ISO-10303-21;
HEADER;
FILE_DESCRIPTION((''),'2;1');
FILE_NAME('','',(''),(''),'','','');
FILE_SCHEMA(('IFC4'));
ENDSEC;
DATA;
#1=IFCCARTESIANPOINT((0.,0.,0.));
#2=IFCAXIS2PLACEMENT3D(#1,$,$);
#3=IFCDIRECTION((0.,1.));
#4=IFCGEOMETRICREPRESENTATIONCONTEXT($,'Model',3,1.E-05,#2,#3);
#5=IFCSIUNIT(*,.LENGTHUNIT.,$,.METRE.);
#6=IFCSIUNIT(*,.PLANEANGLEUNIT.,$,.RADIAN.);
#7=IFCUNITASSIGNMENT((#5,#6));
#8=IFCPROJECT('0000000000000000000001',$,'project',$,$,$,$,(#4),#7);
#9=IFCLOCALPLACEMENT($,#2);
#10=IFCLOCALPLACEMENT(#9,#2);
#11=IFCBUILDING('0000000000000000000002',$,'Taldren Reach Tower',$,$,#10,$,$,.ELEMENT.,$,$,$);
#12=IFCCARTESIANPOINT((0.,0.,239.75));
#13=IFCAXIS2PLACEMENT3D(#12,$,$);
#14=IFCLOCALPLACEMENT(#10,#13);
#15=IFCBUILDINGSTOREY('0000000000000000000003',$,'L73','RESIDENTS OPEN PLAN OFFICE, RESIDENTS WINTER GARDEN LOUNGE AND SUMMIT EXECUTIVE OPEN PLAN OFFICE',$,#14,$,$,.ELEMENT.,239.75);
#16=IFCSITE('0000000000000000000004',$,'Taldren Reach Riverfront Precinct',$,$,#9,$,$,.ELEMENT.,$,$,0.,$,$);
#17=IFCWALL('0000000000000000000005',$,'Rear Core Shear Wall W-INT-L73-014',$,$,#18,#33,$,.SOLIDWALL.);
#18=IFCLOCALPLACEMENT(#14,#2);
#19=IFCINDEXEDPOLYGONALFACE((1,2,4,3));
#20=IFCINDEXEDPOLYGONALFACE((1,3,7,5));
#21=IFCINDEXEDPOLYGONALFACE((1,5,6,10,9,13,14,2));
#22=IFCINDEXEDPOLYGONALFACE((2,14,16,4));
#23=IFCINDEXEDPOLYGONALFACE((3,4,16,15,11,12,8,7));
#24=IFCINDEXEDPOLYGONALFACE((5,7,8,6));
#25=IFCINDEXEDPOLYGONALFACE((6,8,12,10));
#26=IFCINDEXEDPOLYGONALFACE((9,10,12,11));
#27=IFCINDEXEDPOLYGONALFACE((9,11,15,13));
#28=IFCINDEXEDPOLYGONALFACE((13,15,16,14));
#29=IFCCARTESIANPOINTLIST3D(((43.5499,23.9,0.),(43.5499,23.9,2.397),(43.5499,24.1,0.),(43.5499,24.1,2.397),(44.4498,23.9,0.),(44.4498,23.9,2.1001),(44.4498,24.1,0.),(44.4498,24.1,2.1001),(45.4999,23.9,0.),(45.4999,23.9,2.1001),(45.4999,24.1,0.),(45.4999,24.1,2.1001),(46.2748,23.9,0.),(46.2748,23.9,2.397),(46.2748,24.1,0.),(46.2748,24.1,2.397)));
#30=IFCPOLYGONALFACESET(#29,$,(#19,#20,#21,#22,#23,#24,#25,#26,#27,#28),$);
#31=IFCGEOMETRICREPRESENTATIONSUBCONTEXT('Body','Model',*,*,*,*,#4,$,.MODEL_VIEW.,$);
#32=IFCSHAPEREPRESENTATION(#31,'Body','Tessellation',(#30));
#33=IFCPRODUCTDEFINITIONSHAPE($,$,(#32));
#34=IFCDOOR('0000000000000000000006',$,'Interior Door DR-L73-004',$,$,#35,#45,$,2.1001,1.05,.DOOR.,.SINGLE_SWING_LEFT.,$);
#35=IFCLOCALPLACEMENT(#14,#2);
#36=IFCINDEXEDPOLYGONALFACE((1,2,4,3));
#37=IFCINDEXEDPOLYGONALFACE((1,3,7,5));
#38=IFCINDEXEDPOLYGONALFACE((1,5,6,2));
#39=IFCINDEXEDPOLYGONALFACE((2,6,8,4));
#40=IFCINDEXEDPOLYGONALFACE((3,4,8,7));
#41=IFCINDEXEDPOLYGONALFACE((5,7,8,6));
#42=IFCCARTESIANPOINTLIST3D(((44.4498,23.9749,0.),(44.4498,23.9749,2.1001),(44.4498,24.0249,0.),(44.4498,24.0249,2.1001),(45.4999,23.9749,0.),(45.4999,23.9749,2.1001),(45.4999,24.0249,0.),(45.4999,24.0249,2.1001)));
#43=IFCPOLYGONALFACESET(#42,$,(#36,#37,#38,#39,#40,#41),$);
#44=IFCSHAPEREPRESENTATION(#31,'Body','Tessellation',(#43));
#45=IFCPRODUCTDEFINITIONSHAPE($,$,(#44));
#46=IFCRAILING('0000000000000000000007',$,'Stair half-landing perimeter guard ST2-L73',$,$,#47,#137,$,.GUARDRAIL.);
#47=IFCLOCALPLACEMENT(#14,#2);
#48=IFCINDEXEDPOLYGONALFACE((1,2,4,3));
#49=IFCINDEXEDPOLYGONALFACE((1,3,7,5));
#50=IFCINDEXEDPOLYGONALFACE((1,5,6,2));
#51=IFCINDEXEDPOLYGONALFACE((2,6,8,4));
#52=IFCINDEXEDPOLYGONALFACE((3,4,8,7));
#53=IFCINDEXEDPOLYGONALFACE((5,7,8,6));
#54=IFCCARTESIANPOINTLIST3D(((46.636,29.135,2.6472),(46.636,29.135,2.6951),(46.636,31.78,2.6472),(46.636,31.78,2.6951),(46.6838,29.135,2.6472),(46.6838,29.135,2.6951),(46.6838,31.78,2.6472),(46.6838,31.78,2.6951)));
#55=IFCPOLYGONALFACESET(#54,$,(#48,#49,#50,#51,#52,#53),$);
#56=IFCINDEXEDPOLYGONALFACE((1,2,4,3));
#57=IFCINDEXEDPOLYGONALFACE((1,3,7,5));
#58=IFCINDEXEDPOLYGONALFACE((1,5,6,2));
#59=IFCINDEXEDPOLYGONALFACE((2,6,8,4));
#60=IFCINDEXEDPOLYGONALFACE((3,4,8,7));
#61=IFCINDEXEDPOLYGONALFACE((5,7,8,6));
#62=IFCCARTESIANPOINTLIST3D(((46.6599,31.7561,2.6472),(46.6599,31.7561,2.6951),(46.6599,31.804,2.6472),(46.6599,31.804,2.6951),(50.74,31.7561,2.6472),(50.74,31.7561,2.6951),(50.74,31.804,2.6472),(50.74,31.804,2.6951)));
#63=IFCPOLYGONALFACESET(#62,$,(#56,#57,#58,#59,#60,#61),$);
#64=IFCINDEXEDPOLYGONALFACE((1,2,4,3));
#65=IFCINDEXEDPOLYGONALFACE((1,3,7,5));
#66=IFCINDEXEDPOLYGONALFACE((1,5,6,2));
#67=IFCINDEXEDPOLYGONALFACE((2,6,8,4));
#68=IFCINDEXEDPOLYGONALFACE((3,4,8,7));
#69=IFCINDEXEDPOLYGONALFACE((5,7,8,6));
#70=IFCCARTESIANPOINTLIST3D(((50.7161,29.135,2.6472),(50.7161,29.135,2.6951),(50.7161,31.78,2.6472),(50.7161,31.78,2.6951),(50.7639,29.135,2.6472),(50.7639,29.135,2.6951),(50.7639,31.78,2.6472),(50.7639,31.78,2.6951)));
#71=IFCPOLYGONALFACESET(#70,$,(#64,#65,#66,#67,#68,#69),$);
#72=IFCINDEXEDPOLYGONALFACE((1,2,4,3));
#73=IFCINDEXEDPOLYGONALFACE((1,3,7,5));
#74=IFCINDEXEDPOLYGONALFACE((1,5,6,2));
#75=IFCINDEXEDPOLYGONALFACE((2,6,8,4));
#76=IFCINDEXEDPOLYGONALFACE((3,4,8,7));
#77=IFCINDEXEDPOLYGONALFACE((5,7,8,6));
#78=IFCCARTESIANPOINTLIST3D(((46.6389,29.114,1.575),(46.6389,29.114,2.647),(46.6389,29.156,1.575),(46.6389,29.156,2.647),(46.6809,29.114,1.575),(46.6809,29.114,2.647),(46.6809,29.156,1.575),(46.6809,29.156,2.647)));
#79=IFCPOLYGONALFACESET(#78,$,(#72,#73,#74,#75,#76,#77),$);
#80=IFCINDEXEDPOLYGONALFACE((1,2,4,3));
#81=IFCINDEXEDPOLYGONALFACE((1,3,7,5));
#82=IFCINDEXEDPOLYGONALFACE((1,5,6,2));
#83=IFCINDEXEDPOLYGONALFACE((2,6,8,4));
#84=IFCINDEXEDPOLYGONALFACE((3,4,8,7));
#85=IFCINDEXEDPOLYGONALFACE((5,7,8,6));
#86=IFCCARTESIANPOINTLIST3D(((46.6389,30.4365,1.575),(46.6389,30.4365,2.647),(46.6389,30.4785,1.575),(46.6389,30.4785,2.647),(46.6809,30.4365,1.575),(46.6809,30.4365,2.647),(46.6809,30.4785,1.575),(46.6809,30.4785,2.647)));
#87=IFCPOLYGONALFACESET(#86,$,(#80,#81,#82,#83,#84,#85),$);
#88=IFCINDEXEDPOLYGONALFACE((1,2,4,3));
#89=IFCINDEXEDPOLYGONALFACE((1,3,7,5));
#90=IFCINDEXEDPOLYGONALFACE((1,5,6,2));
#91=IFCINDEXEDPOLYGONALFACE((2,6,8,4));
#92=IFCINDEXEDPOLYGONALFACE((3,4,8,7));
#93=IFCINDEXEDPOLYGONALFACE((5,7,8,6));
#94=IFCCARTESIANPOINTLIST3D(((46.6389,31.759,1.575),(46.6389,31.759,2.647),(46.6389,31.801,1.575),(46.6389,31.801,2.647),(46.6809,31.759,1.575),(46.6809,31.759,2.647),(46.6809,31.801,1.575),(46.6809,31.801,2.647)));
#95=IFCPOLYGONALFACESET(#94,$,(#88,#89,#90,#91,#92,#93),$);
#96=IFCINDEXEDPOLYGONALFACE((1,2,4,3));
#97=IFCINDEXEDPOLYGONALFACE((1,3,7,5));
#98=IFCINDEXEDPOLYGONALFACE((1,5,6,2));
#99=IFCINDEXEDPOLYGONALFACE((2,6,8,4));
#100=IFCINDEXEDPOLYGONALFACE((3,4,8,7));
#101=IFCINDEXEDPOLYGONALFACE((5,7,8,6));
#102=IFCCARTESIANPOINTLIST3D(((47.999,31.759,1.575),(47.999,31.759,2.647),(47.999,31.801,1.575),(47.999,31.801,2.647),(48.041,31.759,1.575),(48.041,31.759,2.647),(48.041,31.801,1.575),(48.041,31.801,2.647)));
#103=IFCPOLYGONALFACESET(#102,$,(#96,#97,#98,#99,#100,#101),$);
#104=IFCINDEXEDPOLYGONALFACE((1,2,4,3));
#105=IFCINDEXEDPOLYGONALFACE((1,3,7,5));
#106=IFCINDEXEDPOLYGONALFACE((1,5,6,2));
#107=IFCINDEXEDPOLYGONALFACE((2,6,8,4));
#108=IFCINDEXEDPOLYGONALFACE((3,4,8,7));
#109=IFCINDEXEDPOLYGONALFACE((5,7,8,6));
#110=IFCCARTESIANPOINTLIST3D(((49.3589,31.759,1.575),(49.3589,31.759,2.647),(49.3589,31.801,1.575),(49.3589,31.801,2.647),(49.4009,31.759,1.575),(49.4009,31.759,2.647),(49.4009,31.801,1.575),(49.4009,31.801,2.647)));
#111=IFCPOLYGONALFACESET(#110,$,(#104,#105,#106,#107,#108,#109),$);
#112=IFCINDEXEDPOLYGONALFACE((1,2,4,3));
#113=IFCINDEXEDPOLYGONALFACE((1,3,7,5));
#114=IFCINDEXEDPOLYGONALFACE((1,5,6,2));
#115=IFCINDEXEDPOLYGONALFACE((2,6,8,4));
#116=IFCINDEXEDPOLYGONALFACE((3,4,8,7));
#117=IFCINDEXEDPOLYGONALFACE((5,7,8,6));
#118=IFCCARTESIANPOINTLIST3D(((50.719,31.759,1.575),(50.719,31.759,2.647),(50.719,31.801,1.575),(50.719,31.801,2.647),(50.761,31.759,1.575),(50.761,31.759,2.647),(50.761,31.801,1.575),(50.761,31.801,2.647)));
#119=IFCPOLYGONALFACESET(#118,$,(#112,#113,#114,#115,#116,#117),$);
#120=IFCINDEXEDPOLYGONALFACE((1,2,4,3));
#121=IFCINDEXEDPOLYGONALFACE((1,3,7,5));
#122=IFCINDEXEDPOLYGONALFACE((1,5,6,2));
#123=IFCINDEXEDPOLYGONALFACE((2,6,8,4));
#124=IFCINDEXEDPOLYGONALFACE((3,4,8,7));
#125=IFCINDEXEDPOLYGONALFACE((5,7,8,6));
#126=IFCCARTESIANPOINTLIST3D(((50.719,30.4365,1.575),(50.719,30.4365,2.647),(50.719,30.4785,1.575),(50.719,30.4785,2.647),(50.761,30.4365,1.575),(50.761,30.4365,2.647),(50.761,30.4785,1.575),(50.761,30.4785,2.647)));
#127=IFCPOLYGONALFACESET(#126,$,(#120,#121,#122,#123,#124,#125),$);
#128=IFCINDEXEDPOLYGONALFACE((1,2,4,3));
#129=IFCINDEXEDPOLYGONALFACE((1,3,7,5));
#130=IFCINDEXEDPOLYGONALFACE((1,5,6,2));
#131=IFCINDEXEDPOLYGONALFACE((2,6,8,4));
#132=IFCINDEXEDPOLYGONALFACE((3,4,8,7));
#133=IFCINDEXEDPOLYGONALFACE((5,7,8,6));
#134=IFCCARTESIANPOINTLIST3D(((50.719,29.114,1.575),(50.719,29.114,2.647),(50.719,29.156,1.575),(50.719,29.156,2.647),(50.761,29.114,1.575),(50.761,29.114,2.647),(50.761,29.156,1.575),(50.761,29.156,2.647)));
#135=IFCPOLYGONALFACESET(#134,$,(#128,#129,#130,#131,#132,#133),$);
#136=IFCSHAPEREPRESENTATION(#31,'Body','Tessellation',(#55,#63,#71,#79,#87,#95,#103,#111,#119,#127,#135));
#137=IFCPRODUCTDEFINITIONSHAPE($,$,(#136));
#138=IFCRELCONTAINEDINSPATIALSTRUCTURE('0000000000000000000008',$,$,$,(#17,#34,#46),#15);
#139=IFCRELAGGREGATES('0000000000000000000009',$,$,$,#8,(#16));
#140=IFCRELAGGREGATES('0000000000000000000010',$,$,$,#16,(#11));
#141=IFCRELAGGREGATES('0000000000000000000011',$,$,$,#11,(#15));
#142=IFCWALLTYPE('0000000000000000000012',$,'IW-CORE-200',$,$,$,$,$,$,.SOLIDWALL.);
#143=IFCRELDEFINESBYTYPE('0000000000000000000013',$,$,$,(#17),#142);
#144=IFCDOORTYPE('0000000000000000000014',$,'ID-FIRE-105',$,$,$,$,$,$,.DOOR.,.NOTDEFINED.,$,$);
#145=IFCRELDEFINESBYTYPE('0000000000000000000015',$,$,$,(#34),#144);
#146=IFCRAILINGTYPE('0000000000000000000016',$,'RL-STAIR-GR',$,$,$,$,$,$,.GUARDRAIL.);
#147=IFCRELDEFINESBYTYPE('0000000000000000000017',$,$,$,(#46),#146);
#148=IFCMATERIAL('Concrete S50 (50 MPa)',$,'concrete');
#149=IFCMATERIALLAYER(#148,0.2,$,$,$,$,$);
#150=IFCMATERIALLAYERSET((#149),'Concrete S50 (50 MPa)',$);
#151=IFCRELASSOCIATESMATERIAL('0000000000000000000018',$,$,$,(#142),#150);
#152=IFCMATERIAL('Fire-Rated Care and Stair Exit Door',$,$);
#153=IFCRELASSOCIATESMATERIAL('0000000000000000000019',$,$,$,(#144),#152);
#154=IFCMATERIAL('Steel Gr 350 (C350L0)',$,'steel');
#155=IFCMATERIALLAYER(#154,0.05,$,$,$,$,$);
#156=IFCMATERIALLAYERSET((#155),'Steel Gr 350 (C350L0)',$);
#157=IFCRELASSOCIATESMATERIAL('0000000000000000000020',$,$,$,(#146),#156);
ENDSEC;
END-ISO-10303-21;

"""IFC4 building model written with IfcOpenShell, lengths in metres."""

from ifc_helpers import new_model, si_unit, direction, frame, frame_2d, origin, origin_2d, place, context, subcontext, project, spatial, rectangle, extrude, source, transform, mapped, material, layer, layer_set, type_object, element, fill, save


model = new_model("IFC4")

# Units and contexts
model_context = context("Model", 3, precision=1e-05, world=origin(), true_north=direction((0.0, 1.0)))
body_context = subcontext(model_context, "Body", "Model", "MODEL_VIEW")
ifc_project = project(units=[si_unit("LENGTHUNIT", "METRE"), si_unit("PLANEANGLEUNIT", "RADIAN")], contexts=[model_context])

# Site, building, storey
site_placement = place(None, origin())
site = spatial("IfcSite", under=ifc_project, at=site_placement, Name="Taldren Reach Riverfront Precinct", CompositionType="ELEMENT", RefElevation=0.0)
building_placement = place(site_placement, origin())
building = spatial("IfcBuilding", under=site, at=building_placement, Name="Taldren Reach Tower", CompositionType="ELEMENT")
storey_placement = place(building_placement, frame((0.0, 0.0, 239.75)))
storey = spatial("IfcBuildingStorey", under=building, at=storey_placement, Name="L73", Description="RESIDENTS OPEN PLAN OFFICE, RESIDENTS WINTER GARDEN LOUNGE AND SUMMIT EXECUTIVE OPEN PLAN OFFICE", CompositionType="ELEMENT", Elevation=239.75)

# Shared definitions
ifc_material_1 = material(Name="Steel Gr 350 (C350L0)", Category="steel")

# Shared definitions
ifc_material_2 = material(Name="Concrete S50 (50 MPa)", Category="concrete")
ifc_layer_1 = layer(ifc_material_2, 0.2)
ifc_layer_set_1 = layer_set([ifc_layer_1], Name="Concrete S50 (50 MPa)")
wall_type_1 = type_object("IfcWallType", Name="IW-CORE-200", PredefinedType="SOLIDWALL", material=ifc_layer_set_1)
shared_shape_1 = source(origin(), body_context, "Body", "SweptSolid", [
    extrude(rectangle(XDim=1.05, YDim=2.1001, at=frame_2d((0.5249, 1.05))), frame((0.0, 0.1099, 0.0), z_axis=(0.0, -1.0, 0.0), x_axis=(1.0, 0.0, 0.0)), (0.0, 0.0, 1.0), 0.22),
])
ifc_material_3 = material(Name="Fire-Rated Care and Stair Exit Door")
door_type_1 = type_object("IfcDoorType", Name="ID-FIRE-105", OperationType="NOTDEFINED", PredefinedType="DOOR", material=ifc_material_3)
shared_shape_2 = source(origin(), body_context, "Body", "SweptSolid", [
    extrude(rectangle(XDim=1.05, YDim=2.1001, at=frame_2d((0.5249, 1.05))), frame((0.0, 0.0249, 0.0), z_axis=(0.0, -1.0, 0.0), x_axis=(1.0, 0.0, 0.0)), (0.0, 0.0, 1.0), 0.05),
])

# Wall, opening, door
shared_shape_3 = source(origin(), body_context, "Body", "SweptSolid", [
    extrude(rectangle(XDim=2.7249, YDim=0.2, at=frame_2d((1.3623, 0.0))), origin(), (0.0, 0.0, 1.0), 2.397),
])
wall_1_placement = place(storey_placement, frame((43.55, 24.0, 0.0), z_axis=(0.0, 0.0, 1.0), x_axis=(1.0, 0.0, 0.0)))
wall_1 = element("IfcWall", 1, at=wall_1_placement, inside=storey, type_object=wall_type_1, Name="Rear Core Shear Wall W-INT-L73-014", PredefinedType="SOLIDWALL", context=body_context, shape_type="MappedRepresentation", body=[
    mapped(shared_shape_3, transform((0.0, 0.0, 0.0), scale=1.0)),
])
opening_1_placement = place(wall_1_placement, frame((0.8999, 0.0, 0.0)))
opening_1 = element("IfcOpeningElement", 2, at=opening_1_placement, cuts=wall_1, PredefinedType="OPENING", context=body_context, shape_type="MappedRepresentation", body=[
    mapped(shared_shape_1, transform((0.0, 0.0, 0.0), scale=1.0)),
])
door_1_placement = place(opening_1_placement, origin())
door_1 = element("IfcDoor", 3, at=door_1_placement, inside=storey, type_object=door_type_1, Name="Interior Door DR-L73-004", OperationType="SINGLE_SWING_LEFT", OverallHeight=2.1001, OverallWidth=1.05, PredefinedType="DOOR", context=body_context, shape_type="MappedRepresentation", body=[
    mapped(shared_shape_2, transform((0.0, 0.0, 0.0), scale=1.0)),
])
fill(opening_1, door_1)

# Railing
ifc_layer_2 = layer(ifc_material_1, 0.05)
ifc_layer_set_2 = layer_set([ifc_layer_2], Name="Steel Gr 350 (C350L0)")
railing_type = type_object("IfcRailingType", Name="RL-STAIR-GR", PredefinedType="GUARDRAIL", material=ifc_layer_set_2)
railing_1_placement = place(storey_placement, frame((46.6599, 29.135, 1.575)))
element("IfcRailing", 4, at=railing_1_placement, inside=storey, type_object=railing_type, Name="Stair half-landing perimeter guard ST2-L73", PredefinedType="GUARDRAIL", context=body_context, shape_type="SweptSolid", body=[
    extrude(rectangle(XDim=0.0479, YDim=0.0479, at=origin_2d()), frame((0.0, 0.0, 1.0962), z_axis=(0.0, 1.0, 0.0), x_axis=(-1.0, 0.0, 0.0)), (0.0, 0.0, 1.0), 2.645),
    extrude(rectangle(XDim=0.0479, YDim=0.0479, at=origin_2d()), frame((0.0, 2.645, 1.0962), z_axis=(1.0, 0.0, 0.0), x_axis=(0.0, 1.0, 0.0)), (0.0, 0.0, 1.0), 4.0801),
    extrude(rectangle(XDim=0.0479, YDim=0.0479, at=origin_2d()), frame((4.0801, 2.645, 1.0962), z_axis=(0.0, -1.0, 0.0), x_axis=(1.0, 0.0, 0.0)), (0.0, 0.0, 1.0), 2.645),
    extrude(rectangle(XDim=0.042, YDim=0.042, at=origin_2d()), origin(), (0.0, 0.0, 1.0), 1.072),
    extrude(rectangle(XDim=0.042, YDim=0.042, at=origin_2d()), frame((0.0, 1.3225, 0.0)), (0.0, 0.0, 1.0), 1.072),
    extrude(rectangle(XDim=0.042, YDim=0.042, at=origin_2d()), frame((0.0, 2.645, 0.0)), (0.0, 0.0, 1.0), 1.072),
    extrude(rectangle(XDim=0.042, YDim=0.042, at=origin_2d()), frame((1.3601, 2.645, 0.0)), (0.0, 0.0, 1.0), 1.072),
    extrude(rectangle(XDim=0.042, YDim=0.042, at=origin_2d()), frame((2.72, 2.645, 0.0)), (0.0, 0.0, 1.0), 1.072),
    extrude(rectangle(XDim=0.042, YDim=0.042, at=origin_2d()), frame((4.0801, 2.645, 0.0)), (0.0, 0.0, 1.0), 1.072),
    extrude(rectangle(XDim=0.042, YDim=0.042, at=origin_2d()), frame((4.0801, 1.3225, 0.0)), (0.0, 0.0, 1.0), 1.072),
    extrude(rectangle(XDim=0.042, YDim=0.042, at=origin_2d()), frame((4.0801, 0.0, 0.0)), (0.0, 0.0, 1.0), 1.072),
])

save(model, "model.ifc")
